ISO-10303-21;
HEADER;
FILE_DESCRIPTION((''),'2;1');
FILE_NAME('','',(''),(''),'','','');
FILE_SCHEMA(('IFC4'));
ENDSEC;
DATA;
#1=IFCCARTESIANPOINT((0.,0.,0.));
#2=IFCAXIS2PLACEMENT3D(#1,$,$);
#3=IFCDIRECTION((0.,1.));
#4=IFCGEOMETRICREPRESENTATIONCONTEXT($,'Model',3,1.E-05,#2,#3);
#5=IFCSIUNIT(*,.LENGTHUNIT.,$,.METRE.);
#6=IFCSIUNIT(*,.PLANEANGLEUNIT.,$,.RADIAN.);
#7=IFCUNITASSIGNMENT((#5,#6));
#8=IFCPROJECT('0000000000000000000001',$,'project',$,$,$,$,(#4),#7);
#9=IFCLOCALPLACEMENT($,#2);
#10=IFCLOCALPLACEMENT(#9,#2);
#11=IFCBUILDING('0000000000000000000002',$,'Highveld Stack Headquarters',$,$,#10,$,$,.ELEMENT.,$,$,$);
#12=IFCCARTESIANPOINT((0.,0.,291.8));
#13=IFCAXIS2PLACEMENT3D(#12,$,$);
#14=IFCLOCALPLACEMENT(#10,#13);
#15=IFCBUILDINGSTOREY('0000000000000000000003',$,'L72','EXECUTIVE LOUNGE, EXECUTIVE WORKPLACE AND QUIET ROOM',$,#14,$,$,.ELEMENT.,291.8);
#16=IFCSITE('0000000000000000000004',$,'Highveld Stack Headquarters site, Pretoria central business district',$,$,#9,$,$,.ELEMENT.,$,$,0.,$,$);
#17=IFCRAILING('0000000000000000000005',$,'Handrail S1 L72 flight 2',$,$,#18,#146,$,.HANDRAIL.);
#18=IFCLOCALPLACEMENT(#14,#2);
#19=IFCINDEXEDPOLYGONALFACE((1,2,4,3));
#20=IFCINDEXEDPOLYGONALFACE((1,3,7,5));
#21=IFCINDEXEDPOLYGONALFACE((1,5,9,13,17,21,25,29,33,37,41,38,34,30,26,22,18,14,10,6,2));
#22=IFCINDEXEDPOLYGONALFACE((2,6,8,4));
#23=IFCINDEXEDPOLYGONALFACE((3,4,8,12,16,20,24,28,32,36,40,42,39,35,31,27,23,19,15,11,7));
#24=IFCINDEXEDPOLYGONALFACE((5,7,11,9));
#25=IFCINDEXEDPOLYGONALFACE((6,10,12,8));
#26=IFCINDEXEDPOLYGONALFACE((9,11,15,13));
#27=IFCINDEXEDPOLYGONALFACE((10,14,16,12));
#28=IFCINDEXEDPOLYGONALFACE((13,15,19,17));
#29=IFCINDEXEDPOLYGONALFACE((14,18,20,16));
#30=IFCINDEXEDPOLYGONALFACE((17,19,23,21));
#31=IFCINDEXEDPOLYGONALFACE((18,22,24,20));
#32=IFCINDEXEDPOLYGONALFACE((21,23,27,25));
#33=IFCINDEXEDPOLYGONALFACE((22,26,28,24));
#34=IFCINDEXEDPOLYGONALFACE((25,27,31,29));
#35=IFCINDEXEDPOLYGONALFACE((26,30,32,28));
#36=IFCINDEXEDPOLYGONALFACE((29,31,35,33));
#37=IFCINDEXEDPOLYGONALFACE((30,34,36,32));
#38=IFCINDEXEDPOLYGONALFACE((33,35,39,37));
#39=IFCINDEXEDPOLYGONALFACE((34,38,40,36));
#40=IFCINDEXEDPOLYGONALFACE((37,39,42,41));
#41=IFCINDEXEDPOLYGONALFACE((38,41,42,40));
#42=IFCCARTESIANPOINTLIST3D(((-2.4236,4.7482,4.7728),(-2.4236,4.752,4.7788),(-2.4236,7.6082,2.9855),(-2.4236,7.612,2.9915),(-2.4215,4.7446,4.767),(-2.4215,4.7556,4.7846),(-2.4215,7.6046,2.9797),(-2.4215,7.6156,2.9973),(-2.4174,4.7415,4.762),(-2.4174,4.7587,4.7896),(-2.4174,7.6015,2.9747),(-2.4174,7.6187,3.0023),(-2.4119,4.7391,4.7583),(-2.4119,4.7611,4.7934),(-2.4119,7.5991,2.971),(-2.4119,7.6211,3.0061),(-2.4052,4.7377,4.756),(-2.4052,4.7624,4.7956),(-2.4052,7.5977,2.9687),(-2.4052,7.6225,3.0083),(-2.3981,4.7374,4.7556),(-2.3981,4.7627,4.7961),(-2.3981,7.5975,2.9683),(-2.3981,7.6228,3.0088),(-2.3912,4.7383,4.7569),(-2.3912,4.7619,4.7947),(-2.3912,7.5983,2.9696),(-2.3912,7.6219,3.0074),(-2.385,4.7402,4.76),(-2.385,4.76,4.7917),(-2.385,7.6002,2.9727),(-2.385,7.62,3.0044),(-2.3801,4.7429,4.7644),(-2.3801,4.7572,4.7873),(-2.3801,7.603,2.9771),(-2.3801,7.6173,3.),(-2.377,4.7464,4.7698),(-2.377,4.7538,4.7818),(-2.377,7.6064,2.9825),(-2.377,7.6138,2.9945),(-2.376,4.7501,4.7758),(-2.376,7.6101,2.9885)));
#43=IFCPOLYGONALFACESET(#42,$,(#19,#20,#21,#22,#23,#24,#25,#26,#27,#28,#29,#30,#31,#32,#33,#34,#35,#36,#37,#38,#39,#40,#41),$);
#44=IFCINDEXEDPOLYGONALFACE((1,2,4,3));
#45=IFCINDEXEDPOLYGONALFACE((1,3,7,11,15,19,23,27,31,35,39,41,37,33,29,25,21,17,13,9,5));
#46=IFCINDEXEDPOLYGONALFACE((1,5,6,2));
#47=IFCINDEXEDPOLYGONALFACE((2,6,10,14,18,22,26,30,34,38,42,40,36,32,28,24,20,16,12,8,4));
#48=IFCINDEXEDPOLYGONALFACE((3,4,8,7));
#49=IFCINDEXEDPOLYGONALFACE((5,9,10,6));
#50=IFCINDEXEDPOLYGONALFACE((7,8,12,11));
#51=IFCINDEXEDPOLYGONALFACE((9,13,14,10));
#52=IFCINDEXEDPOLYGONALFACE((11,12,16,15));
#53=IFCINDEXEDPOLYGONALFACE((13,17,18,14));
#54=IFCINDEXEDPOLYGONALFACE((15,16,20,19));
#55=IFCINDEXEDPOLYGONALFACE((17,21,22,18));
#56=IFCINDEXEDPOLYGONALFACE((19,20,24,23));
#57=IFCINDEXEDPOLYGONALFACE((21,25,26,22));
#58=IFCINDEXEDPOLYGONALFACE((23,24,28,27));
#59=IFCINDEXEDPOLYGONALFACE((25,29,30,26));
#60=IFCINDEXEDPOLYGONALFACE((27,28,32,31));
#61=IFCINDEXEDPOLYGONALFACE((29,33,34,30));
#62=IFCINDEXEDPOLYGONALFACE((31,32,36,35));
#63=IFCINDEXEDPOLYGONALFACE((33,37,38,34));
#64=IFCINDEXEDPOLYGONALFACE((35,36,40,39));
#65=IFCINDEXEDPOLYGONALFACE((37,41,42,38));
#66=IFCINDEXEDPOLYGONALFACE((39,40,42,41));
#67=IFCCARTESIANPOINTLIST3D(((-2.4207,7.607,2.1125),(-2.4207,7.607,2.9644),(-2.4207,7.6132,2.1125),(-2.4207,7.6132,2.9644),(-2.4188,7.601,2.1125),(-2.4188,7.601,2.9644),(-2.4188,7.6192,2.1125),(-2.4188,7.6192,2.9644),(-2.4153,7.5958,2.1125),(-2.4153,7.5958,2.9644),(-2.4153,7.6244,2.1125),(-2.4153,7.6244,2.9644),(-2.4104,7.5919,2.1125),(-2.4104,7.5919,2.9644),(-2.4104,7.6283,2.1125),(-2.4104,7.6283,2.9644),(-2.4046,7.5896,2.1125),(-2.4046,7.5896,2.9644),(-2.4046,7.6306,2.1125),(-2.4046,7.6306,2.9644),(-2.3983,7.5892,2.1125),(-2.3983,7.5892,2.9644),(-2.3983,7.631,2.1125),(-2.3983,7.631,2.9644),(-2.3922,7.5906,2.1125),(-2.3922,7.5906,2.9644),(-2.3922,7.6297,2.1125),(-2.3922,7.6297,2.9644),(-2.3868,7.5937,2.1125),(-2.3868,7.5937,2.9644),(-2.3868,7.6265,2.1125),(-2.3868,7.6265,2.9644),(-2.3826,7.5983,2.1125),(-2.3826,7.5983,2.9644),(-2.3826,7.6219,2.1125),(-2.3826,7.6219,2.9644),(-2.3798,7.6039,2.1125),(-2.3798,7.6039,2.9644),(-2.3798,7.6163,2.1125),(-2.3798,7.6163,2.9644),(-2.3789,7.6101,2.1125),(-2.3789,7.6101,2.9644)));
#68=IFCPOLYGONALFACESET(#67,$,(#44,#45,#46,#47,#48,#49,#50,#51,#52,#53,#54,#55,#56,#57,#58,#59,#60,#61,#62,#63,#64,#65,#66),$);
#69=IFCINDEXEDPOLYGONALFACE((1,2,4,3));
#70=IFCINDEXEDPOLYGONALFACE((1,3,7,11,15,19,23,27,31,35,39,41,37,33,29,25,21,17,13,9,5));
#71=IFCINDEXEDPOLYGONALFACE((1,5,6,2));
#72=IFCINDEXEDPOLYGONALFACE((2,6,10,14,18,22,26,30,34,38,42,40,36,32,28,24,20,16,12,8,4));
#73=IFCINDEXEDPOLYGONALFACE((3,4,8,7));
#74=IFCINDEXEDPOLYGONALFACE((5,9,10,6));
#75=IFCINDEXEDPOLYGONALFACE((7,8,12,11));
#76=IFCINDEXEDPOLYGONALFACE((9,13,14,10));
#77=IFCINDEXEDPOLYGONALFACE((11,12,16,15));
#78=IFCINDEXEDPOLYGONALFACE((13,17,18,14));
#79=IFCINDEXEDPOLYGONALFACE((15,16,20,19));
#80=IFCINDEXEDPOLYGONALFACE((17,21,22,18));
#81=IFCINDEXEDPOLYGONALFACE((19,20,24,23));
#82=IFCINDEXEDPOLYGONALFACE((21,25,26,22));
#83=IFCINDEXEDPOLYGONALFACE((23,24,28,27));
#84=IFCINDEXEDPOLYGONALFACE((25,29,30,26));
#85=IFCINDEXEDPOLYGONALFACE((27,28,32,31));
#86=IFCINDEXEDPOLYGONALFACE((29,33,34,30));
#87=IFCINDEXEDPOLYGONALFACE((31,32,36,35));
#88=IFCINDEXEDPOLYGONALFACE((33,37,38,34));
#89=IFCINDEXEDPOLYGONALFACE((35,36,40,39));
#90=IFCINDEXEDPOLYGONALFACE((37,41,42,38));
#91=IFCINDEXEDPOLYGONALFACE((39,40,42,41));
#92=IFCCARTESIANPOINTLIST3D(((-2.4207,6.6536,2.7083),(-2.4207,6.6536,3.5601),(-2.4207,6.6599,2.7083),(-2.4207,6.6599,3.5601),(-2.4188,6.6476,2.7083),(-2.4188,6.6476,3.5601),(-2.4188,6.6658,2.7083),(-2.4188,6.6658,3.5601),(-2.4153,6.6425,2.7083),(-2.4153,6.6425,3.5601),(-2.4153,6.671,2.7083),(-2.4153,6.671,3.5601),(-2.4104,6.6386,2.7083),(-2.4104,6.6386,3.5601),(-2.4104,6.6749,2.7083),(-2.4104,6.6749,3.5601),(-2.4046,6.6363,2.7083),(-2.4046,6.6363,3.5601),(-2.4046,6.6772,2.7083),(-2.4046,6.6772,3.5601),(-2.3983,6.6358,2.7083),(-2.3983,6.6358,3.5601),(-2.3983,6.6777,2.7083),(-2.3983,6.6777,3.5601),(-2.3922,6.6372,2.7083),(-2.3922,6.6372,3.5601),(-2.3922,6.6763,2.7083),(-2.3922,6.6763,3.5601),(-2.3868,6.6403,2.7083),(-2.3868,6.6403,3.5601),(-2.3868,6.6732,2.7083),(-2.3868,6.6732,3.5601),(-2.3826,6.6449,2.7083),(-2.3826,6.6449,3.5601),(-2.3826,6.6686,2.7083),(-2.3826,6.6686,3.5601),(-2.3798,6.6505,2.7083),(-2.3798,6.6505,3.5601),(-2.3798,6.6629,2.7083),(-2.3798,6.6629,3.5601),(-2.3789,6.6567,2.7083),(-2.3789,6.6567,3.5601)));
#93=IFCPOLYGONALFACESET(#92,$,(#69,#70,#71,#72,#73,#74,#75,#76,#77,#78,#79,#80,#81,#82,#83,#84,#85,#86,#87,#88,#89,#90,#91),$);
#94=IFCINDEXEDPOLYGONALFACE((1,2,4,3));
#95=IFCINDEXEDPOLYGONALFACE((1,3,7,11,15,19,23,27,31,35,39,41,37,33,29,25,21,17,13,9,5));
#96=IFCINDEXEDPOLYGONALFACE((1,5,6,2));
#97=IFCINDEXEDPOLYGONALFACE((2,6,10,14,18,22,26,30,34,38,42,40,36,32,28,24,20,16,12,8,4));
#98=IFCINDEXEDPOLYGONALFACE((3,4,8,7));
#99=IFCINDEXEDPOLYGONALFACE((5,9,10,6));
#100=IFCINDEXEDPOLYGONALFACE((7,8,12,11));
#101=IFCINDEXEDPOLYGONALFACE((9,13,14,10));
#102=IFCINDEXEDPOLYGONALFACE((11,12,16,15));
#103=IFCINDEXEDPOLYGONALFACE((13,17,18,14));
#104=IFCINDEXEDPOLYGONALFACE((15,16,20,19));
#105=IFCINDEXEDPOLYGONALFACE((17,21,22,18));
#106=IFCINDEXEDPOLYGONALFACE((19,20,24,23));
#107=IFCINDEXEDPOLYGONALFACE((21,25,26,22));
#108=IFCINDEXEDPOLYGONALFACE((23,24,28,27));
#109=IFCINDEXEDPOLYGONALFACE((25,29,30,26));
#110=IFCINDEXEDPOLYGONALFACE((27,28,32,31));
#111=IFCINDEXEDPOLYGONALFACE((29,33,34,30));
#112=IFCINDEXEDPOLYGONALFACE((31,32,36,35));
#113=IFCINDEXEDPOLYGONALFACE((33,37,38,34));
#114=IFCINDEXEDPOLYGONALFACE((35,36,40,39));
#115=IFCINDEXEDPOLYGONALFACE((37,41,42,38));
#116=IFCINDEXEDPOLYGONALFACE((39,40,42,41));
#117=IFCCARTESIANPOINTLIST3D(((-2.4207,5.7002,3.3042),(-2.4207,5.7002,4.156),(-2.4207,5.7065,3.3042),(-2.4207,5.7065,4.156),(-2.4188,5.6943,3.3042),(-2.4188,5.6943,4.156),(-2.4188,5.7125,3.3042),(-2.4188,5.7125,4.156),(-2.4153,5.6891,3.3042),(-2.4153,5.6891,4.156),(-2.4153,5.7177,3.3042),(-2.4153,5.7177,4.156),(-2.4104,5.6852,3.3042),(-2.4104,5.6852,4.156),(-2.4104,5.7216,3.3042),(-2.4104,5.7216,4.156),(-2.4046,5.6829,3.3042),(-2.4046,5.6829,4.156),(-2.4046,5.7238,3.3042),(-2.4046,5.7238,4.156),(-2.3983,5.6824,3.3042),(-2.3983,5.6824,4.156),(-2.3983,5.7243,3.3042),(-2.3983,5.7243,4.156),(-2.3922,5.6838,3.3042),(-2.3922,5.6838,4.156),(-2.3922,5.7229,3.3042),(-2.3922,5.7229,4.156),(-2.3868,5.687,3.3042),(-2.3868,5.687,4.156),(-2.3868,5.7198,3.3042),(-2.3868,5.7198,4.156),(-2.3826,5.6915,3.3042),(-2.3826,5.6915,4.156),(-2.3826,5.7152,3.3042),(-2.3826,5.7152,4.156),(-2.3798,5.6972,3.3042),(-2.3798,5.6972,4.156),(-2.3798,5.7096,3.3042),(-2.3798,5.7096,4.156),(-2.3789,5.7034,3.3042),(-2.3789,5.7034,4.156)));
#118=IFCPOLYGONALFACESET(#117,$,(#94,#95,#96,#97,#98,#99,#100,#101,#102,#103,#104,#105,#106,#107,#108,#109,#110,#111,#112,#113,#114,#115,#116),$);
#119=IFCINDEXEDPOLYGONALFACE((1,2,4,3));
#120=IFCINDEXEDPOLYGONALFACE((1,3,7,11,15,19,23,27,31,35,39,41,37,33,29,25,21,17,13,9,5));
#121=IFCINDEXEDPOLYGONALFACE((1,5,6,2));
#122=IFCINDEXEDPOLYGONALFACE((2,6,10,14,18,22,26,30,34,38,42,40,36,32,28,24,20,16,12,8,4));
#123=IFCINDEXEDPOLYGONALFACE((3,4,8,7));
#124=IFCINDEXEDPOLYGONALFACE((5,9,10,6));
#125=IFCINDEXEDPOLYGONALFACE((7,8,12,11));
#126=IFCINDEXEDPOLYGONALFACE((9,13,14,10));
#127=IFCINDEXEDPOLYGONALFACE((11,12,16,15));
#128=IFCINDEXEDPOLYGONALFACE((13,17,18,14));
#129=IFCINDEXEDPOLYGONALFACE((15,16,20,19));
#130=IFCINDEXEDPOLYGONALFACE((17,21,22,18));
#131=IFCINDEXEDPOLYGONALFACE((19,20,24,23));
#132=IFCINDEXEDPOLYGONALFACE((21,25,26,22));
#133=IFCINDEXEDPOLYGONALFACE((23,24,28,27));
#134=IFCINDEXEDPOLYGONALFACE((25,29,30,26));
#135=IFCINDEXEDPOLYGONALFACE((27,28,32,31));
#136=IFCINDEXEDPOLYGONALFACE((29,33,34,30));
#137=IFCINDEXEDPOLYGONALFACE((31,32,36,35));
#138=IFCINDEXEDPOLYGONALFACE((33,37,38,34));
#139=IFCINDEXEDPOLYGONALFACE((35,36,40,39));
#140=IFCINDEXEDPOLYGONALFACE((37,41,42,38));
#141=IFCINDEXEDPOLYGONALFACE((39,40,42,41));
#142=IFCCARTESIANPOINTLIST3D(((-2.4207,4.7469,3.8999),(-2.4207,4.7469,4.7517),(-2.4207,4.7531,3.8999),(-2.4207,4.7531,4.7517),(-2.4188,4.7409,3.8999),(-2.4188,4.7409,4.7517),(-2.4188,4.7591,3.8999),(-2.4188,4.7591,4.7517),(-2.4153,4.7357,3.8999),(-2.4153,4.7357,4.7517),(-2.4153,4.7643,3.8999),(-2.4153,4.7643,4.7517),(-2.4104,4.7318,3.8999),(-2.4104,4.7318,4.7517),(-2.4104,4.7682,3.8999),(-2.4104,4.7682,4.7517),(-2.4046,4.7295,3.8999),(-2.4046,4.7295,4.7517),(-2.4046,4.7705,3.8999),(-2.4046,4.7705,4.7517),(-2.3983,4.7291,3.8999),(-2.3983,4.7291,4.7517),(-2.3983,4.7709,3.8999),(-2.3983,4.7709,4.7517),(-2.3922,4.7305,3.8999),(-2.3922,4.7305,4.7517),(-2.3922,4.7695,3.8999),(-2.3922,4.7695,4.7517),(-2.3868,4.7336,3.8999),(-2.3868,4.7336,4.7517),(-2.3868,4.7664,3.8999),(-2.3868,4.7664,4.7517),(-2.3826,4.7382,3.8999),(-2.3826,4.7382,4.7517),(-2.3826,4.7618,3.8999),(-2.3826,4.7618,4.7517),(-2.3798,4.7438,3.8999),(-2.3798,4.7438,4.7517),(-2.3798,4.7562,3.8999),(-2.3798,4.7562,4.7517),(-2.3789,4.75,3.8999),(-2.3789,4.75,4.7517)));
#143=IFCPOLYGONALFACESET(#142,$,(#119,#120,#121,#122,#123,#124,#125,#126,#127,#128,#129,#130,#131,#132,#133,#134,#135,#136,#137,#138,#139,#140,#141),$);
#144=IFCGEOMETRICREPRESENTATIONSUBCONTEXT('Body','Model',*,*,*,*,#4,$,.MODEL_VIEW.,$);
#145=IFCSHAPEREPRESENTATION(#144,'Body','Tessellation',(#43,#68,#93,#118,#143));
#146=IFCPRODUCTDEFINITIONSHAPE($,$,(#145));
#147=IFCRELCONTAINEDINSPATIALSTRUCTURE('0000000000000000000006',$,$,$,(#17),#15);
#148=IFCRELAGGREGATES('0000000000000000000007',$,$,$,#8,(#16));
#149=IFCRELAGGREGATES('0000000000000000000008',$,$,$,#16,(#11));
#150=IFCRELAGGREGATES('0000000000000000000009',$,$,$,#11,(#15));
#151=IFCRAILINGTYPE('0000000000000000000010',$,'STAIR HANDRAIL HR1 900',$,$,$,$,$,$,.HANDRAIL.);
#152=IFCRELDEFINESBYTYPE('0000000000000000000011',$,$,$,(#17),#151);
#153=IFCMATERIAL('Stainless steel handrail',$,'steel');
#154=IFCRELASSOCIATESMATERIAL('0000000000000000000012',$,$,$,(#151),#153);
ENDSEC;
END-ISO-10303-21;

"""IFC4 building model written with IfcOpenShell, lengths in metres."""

from ifc_helpers import new_model, si_unit, direction, frame, origin, origin_2d, place, context, subcontext, project, spatial, circle, extrude, material, type_object, element, save


model = new_model("IFC4")

# Units and contexts
model_context = context("Model", 3, precision=1e-05, world=origin(), true_north=direction((0.0, 1.0)))
body_context = subcontext(model_context, "Body", "Model", "MODEL_VIEW")
ifc_project = project(units=[si_unit("LENGTHUNIT", "METRE"), si_unit("PLANEANGLEUNIT", "RADIAN")], contexts=[model_context])

# Site, building, storey
site_placement = place(None, origin())
site = spatial("IfcSite", under=ifc_project, at=site_placement, Name="Highveld Stack Headquarters site, Pretoria central business district", CompositionType="ELEMENT", RefElevation=0.0)
building_placement = place(site_placement, origin())
building = spatial("IfcBuilding", under=site, at=building_placement, Name="Highveld Stack Headquarters", CompositionType="ELEMENT")
storey_placement = place(building_placement, frame((0.0, 0.0, 291.8)))
storey = spatial("IfcBuildingStorey", under=building, at=storey_placement, Name="L72", Description="EXECUTIVE LOUNGE, EXECUTIVE WORKPLACE AND QUIET ROOM", CompositionType="ELEMENT", Elevation=291.8)

# Railing
ifc_material_1 = material(Name="Stainless steel handrail", Category="steel")
railing_type = type_object("IfcRailingType", Name="STAIR HANDRAIL HR1 900", PredefinedType="HANDRAIL", material=ifc_material_1)
for number, where, name in (
    (1, (-2.3999, 7.6101, 2.1125), "Handrail S1 L72 flight 2"),
):
    element("IfcRailing", number, at=place(storey_placement, frame(where)), inside=storey, type_object=railing_type, Name=name, PredefinedType="HANDRAIL", context=body_context, shape_type="SweptSolid", body=[
        extrude(circle(Radius=0.0239, at=origin_2d()), frame((0.0, 0.0, 0.876), z_axis=(0.0, -0.848027, 0.529953), x_axis=(1.0, 0.0, 0.0)), (0.0, 0.0, 1.0), 3.3726),
        extrude(circle(Radius=0.021, at=origin_2d()), origin(), (0.0, 0.0, 1.0), 0.8518),
        extrude(circle(Radius=0.021, at=origin_2d()), frame((0.0, -0.9534, 0.5957)), (0.0, 0.0, 1.0), 0.8518),
        extrude(circle(Radius=0.021, at=origin_2d()), frame((0.0, -1.9067, 1.1917)), (0.0, 0.0, 1.0), 0.8518),
        extrude(circle(Radius=0.021, at=origin_2d()), frame((0.0, -2.8601, 1.7874)), (0.0, 0.0, 1.0), 0.8518),
    ])

save(model, "model.ifc")
